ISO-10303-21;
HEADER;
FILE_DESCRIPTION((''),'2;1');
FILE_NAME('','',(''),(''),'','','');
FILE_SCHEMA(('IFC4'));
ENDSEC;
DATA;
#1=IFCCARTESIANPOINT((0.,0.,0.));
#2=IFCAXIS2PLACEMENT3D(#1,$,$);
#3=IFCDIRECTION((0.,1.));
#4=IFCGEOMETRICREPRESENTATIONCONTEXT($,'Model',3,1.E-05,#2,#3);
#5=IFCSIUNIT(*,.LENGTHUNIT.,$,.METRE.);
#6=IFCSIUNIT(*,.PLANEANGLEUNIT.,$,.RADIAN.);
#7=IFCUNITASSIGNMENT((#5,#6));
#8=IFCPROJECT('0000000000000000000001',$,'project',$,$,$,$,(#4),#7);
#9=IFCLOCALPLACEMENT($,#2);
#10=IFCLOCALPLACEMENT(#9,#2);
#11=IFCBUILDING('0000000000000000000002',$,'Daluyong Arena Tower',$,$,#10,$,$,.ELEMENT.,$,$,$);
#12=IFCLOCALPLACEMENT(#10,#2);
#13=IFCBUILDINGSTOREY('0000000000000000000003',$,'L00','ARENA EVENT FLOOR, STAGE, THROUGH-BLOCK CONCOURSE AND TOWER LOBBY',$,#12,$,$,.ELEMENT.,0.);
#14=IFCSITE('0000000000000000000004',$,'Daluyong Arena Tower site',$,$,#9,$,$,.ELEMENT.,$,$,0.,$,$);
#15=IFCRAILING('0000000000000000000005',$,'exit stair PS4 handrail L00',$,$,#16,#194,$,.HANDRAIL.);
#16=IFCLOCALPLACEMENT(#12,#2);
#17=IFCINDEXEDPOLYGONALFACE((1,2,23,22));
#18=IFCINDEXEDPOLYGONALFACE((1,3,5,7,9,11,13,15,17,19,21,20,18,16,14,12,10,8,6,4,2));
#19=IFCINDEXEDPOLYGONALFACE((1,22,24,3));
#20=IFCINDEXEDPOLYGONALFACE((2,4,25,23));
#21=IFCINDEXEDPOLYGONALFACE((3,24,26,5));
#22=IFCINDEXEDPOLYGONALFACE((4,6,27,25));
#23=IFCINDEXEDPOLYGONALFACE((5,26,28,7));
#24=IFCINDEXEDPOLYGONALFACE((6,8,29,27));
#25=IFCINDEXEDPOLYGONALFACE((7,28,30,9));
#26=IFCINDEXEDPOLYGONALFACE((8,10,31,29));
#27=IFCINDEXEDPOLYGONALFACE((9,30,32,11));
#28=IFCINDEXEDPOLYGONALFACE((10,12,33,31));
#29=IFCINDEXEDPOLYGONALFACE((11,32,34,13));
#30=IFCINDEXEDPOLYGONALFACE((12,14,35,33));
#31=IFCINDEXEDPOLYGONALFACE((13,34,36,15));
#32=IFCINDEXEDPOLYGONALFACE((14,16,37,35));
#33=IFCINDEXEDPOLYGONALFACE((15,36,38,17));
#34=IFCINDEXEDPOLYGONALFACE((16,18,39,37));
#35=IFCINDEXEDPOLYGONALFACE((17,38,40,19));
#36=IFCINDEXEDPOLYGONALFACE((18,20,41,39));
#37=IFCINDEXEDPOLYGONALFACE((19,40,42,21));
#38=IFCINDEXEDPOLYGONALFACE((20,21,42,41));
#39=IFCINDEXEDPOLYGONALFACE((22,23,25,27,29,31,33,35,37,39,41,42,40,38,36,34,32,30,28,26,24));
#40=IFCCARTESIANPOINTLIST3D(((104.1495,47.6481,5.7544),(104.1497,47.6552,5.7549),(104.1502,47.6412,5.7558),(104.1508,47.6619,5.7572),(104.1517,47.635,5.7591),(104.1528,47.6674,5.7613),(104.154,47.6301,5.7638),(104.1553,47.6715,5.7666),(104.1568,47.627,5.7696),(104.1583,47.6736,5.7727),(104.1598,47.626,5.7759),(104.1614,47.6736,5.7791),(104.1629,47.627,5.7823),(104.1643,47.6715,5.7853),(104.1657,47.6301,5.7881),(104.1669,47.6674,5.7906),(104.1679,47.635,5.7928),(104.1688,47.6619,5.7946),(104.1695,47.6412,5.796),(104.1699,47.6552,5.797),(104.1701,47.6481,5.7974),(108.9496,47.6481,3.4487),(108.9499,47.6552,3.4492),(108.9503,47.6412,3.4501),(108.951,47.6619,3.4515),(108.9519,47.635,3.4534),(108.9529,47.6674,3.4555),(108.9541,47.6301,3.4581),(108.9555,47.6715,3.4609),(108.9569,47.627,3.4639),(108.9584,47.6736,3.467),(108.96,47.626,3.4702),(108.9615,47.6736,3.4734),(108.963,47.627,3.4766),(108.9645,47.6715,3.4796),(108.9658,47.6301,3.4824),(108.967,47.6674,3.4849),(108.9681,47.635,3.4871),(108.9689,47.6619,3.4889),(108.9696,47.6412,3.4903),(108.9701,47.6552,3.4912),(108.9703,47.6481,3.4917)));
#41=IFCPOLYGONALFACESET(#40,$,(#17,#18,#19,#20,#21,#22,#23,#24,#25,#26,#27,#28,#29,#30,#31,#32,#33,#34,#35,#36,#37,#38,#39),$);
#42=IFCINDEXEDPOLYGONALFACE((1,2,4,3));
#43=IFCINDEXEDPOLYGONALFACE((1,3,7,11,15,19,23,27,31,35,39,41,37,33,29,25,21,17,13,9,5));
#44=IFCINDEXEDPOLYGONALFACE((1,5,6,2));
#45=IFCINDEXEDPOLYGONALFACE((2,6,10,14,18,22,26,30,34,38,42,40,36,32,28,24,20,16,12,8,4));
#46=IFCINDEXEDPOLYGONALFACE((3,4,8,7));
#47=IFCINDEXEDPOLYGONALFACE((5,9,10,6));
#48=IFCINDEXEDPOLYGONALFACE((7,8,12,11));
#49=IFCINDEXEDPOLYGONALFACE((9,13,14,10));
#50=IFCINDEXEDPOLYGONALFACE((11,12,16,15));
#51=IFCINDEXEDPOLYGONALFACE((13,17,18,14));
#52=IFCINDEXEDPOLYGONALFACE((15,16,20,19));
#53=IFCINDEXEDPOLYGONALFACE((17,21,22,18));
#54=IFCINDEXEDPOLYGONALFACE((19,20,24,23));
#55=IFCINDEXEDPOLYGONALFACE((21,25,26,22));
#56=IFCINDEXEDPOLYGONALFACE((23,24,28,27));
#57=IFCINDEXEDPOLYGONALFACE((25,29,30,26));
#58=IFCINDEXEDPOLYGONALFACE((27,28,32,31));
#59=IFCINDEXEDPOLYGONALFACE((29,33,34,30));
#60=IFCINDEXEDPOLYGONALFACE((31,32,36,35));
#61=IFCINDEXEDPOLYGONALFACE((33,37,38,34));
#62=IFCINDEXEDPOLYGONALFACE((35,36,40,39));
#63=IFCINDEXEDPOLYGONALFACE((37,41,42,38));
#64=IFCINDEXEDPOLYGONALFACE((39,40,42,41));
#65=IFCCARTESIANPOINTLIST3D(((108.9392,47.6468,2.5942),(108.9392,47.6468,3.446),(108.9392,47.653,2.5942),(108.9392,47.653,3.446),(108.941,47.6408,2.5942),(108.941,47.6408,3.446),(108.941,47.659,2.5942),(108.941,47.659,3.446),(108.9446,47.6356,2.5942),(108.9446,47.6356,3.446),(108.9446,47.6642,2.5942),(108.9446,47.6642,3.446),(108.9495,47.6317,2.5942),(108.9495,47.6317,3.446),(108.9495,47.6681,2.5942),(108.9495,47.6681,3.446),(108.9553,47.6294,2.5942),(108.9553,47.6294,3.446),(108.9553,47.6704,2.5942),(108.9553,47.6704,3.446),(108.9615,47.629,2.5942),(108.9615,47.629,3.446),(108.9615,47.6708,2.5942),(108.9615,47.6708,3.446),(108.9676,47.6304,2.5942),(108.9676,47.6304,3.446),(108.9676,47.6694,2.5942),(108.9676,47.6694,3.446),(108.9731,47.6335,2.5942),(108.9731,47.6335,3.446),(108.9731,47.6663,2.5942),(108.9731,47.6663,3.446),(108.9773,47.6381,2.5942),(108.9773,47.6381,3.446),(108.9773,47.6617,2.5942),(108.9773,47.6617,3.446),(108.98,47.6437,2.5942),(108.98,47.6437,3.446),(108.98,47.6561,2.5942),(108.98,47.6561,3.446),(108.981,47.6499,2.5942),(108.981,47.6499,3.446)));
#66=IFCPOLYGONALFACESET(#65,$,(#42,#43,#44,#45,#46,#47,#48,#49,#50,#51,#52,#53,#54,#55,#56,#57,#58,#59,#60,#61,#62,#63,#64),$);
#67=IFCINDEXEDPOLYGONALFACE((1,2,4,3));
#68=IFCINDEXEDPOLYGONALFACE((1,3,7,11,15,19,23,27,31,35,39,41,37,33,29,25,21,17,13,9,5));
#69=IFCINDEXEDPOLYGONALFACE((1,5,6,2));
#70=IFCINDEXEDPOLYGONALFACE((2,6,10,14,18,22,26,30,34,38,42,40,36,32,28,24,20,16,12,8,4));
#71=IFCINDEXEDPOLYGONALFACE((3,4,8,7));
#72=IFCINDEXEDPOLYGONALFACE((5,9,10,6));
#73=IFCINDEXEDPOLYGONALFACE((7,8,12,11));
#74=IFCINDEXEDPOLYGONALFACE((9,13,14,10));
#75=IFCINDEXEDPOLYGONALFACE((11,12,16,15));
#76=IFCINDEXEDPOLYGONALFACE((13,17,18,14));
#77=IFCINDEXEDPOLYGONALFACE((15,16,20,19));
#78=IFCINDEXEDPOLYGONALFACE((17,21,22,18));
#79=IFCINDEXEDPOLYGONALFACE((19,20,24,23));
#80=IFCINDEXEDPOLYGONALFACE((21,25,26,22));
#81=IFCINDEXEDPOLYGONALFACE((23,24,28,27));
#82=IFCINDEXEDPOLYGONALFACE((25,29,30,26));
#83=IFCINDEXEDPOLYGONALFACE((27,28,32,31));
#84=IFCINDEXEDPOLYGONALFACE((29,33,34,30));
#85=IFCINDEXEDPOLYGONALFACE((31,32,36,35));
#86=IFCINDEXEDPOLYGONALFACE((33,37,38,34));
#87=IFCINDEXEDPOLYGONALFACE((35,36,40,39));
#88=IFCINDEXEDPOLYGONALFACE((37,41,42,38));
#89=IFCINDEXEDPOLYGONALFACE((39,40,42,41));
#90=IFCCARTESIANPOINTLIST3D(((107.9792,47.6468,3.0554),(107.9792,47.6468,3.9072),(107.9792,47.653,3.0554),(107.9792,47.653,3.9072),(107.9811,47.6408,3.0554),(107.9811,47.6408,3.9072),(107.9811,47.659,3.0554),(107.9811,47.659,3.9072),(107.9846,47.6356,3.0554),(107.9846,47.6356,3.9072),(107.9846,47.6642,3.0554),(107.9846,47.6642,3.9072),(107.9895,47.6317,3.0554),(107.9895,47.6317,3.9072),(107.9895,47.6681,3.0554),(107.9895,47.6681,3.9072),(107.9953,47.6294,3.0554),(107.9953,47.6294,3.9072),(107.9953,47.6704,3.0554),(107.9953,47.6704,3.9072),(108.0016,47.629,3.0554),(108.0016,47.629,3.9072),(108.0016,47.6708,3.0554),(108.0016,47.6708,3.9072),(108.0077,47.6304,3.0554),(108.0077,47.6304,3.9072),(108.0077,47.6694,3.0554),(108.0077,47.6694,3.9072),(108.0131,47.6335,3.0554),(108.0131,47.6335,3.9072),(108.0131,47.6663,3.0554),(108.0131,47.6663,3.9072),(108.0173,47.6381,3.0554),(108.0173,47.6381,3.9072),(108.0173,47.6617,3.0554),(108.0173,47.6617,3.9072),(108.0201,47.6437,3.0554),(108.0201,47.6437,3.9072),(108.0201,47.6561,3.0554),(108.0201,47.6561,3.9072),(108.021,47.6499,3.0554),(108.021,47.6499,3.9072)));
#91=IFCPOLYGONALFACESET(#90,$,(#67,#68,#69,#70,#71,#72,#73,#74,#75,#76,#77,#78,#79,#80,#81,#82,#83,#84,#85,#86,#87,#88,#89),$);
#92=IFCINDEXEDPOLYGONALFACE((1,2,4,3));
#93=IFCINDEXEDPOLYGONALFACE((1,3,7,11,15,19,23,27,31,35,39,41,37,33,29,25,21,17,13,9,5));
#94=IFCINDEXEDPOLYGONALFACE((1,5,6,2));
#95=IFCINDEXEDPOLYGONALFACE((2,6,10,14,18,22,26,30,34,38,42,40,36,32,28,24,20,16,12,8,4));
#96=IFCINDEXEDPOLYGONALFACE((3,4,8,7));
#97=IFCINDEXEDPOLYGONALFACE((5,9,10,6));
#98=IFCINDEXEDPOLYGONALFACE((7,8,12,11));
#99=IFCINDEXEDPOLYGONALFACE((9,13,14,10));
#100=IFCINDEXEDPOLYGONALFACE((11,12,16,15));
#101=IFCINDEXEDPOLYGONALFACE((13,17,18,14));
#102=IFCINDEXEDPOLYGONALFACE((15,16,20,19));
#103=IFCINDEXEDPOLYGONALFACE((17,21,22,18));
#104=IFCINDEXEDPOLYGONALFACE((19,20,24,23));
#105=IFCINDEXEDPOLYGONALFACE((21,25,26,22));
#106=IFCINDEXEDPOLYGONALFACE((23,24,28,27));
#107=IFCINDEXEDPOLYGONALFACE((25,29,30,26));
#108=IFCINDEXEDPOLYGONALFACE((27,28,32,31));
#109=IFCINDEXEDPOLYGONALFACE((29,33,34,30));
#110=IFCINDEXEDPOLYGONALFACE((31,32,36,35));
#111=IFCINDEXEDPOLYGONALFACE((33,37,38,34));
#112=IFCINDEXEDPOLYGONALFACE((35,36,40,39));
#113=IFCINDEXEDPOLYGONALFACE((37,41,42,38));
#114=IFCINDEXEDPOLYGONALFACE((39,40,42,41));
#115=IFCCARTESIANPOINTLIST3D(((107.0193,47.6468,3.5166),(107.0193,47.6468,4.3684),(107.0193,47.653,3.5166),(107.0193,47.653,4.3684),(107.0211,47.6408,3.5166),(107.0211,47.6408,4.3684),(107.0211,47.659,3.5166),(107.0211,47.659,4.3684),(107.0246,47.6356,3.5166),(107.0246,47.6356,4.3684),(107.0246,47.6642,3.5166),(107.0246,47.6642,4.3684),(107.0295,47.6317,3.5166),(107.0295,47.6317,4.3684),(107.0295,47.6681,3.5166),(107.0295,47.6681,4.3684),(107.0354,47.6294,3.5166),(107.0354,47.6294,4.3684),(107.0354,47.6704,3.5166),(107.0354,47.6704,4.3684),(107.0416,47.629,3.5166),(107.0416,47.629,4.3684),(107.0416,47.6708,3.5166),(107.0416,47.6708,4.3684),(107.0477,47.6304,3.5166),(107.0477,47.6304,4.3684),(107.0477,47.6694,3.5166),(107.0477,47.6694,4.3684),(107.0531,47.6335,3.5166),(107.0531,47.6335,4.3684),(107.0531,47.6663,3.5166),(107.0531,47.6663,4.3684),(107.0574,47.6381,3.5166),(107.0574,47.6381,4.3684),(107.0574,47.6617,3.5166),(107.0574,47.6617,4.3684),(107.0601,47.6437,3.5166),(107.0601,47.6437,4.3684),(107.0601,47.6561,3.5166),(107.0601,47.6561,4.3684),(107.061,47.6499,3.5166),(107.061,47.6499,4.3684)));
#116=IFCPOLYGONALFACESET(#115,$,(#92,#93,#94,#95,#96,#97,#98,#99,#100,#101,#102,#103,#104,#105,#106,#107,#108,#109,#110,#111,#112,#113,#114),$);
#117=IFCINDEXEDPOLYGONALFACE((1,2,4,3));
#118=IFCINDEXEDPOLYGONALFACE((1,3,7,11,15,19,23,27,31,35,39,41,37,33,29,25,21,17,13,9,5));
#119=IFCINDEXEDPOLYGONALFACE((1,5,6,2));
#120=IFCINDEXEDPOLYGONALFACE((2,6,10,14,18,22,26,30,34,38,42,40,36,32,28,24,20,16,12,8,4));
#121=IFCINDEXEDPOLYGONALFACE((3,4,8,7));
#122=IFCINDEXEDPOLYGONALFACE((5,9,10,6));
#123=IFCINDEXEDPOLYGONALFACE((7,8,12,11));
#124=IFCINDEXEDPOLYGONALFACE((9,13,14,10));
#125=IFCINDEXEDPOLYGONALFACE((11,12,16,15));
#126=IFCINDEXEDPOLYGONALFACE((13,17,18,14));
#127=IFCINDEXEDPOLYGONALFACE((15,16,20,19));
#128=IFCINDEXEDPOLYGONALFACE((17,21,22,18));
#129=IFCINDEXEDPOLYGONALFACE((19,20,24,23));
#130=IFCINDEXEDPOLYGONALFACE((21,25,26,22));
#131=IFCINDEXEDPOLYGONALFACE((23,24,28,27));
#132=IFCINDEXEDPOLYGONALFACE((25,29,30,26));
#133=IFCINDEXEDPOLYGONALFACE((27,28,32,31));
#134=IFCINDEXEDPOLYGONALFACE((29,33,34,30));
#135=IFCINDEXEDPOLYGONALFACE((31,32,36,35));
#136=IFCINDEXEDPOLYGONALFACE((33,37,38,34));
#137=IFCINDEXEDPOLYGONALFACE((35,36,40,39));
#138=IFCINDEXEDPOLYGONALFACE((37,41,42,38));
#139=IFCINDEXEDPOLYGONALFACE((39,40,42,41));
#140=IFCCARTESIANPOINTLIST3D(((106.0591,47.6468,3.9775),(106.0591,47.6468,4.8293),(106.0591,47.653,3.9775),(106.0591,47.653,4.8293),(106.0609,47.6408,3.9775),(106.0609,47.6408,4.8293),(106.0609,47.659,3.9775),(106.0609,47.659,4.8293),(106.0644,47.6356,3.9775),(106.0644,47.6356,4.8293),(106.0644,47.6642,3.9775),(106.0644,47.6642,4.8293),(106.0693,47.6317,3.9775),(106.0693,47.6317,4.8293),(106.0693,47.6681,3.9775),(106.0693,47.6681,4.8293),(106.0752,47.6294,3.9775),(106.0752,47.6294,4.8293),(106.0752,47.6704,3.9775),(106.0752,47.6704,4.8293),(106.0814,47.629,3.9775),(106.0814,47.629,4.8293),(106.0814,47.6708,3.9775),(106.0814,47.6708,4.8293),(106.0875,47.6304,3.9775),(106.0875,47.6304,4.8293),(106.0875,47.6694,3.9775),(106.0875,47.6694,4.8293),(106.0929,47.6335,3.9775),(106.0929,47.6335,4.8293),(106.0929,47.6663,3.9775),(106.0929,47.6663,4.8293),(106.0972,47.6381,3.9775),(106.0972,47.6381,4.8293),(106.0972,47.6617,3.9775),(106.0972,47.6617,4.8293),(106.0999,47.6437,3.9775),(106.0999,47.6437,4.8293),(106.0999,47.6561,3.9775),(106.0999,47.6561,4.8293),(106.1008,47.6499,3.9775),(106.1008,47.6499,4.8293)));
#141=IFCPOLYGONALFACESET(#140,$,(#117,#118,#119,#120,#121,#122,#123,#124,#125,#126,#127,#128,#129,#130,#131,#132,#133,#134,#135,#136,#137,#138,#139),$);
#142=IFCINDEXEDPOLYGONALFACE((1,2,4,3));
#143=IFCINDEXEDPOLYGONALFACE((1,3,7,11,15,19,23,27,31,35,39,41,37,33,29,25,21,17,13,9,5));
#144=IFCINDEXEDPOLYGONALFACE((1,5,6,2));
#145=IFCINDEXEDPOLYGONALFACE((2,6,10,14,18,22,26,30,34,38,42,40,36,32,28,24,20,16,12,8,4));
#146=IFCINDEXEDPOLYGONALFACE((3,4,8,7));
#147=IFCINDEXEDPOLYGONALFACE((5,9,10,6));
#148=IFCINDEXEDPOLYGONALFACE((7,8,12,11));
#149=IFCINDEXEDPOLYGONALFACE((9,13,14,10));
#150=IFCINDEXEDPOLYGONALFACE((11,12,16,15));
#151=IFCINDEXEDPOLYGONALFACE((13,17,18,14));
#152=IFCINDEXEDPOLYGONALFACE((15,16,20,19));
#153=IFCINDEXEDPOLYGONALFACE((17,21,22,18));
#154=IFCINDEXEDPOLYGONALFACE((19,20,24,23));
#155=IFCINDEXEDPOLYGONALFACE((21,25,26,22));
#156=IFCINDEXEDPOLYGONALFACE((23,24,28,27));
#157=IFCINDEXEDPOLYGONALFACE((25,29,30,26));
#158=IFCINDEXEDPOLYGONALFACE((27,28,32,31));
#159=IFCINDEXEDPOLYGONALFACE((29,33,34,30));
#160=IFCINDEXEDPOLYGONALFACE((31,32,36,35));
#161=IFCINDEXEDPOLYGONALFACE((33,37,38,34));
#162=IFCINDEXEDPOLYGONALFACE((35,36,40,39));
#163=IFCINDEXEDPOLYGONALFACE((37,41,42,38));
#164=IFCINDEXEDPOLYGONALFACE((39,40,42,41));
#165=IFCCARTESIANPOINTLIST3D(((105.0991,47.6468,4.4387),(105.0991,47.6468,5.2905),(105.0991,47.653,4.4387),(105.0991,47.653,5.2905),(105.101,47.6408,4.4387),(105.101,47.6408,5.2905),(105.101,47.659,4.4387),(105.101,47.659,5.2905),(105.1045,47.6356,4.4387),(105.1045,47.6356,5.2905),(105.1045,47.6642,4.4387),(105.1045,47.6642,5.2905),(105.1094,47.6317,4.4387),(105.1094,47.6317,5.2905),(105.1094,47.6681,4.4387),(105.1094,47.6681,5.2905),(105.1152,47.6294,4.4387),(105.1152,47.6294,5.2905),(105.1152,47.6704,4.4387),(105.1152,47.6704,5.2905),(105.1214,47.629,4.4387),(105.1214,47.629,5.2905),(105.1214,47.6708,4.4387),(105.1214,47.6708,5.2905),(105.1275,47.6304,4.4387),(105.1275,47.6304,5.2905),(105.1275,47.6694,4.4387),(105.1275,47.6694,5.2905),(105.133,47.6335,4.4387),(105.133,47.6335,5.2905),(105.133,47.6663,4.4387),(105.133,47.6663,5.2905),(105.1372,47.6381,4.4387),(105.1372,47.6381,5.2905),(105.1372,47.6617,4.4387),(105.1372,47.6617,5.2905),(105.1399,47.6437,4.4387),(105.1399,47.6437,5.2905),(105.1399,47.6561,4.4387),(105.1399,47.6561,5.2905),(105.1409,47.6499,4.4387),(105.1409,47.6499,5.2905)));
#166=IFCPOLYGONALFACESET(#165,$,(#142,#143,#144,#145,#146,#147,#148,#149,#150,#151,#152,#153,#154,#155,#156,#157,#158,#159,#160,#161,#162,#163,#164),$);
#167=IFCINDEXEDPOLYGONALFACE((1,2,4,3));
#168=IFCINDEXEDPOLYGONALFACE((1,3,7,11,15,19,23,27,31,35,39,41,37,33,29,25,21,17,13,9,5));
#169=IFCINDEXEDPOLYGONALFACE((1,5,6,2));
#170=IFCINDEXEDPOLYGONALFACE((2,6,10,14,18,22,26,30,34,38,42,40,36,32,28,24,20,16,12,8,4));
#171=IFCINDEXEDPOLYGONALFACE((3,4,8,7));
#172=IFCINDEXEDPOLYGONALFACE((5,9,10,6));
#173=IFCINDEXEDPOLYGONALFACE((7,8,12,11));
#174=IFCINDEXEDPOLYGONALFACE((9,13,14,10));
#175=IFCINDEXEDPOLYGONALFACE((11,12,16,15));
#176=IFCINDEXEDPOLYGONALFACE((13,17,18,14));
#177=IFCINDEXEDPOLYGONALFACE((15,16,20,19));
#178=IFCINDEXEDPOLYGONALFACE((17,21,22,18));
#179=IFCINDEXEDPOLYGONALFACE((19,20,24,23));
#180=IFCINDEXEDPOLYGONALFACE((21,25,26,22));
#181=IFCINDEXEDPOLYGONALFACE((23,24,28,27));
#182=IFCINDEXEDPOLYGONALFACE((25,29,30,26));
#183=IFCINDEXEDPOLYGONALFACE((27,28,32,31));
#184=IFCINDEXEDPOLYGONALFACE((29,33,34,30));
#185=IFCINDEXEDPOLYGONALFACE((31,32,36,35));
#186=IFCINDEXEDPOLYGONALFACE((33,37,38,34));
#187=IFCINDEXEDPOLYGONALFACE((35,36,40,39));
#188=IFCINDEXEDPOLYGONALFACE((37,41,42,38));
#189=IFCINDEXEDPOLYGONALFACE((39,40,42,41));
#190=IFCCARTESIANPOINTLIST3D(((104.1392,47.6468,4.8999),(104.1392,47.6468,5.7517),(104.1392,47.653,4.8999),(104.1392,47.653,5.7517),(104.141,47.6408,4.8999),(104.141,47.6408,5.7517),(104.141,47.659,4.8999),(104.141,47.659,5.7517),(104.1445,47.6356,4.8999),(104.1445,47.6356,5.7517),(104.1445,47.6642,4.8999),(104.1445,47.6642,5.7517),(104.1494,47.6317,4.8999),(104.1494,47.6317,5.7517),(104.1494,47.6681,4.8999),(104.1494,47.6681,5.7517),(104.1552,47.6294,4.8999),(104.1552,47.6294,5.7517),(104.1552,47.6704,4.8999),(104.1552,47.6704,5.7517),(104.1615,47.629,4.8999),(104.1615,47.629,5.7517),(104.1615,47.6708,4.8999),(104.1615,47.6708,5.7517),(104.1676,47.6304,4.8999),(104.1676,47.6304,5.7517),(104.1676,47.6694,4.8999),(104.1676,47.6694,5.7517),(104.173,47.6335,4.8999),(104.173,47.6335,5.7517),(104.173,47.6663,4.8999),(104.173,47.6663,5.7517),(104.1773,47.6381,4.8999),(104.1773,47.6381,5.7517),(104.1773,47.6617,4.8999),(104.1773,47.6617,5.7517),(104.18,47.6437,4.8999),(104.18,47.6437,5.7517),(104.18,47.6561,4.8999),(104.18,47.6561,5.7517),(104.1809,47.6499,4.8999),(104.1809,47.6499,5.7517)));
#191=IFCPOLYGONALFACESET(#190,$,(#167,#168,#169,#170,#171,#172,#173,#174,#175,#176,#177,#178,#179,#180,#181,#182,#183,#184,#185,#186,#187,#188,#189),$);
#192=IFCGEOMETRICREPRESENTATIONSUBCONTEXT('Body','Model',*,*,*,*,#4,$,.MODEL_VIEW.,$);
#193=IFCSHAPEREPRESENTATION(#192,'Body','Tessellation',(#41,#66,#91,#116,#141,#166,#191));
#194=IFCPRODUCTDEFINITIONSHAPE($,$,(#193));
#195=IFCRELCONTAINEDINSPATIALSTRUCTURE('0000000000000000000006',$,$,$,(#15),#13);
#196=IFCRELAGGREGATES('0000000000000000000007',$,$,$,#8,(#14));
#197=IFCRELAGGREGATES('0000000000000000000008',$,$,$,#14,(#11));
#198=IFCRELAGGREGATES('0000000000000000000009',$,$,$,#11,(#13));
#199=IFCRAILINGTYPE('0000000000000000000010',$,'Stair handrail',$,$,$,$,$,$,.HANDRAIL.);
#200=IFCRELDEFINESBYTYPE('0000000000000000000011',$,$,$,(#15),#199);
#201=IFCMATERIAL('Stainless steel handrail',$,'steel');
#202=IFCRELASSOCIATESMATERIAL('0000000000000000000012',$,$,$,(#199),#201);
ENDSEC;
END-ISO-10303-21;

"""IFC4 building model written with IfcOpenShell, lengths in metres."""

from ifc_helpers import new_model, si_unit, direction, frame, origin, origin_2d, place, context, subcontext, project, spatial, circle, extrude, material, type_object, element, save


model = new_model("IFC4")

# Units and contexts
model_context = context("Model", 3, precision=1e-05, world=origin(), true_north=direction((0.0, 1.0)))
body_context = subcontext(model_context, "Body", "Model", "MODEL_VIEW")
ifc_project = project(units=[si_unit("LENGTHUNIT", "METRE"), si_unit("PLANEANGLEUNIT", "RADIAN")], contexts=[model_context])

# Site, building, storey
site_placement = place(None, origin())
site = spatial("IfcSite", under=ifc_project, at=site_placement, Name="Daluyong Arena Tower site", CompositionType="ELEMENT", RefElevation=0.0)
building_placement = place(site_placement, origin())
building = spatial("IfcBuilding", under=site, at=building_placement, Name="Daluyong Arena Tower", CompositionType="ELEMENT")
storey_placement = place(building_placement, origin())
storey = spatial("IfcBuildingStorey", under=building, at=storey_placement, Name="L00", Description="ARENA EVENT FLOOR, STAGE, THROUGH-BLOCK CONCOURSE AND TOWER LOBBY", CompositionType="ELEMENT", Elevation=0.0)

# Railing
ifc_material_1 = material(Name="Stainless steel handrail", Category="steel")
railing_type_1 = type_object("IfcRailingType", Name="Stair handrail", PredefinedType="HANDRAIL", material=ifc_material_1)
railing_1_placement = place(storey_placement, frame((108.96, 47.6499, 2.5942)))
element("IfcRailing", 1, at=railing_1_placement, inside=storey, type_object=railing_type_1, Name="exit stair PS4 handrail L00", PredefinedType="HANDRAIL", context=body_context, shape_type="SweptSolid", body=[
    extrude(circle(Radius=0.0239, at=origin_2d()), frame((0.0, 0.0, 0.876), z_axis=(-0.901403, 0.0, 0.432981), x_axis=(0.0, -1.0, 0.0)), (0.0, 0.0, 1.0), 5.3252),
    extrude(circle(Radius=0.021, at=origin_2d()), origin(), (0.0, 0.0, 1.0), 0.8518),
    extrude(circle(Radius=0.021, at=origin_2d()), frame((-0.96, 0.0, 0.4612)), (0.0, 0.0, 1.0), 0.8518),
    extrude(circle(Radius=0.021, at=origin_2d()), frame((-1.9199, 0.0, 0.9224)), (0.0, 0.0, 1.0), 0.8518),
    extrude(circle(Radius=0.021, at=origin_2d()), frame((-2.8801, 0.0, 1.3833)), (0.0, 0.0, 1.0), 0.8518),
    extrude(circle(Radius=0.021, at=origin_2d()), frame((-3.8401, 0.0, 1.8445)), (0.0, 0.0, 1.0), 0.8518),
    extrude(circle(Radius=0.021, at=origin_2d()), frame((-4.8, 0.0, 2.3057)), (0.0, 0.0, 1.0), 0.8518),
])

save(model, "model.ifc")
